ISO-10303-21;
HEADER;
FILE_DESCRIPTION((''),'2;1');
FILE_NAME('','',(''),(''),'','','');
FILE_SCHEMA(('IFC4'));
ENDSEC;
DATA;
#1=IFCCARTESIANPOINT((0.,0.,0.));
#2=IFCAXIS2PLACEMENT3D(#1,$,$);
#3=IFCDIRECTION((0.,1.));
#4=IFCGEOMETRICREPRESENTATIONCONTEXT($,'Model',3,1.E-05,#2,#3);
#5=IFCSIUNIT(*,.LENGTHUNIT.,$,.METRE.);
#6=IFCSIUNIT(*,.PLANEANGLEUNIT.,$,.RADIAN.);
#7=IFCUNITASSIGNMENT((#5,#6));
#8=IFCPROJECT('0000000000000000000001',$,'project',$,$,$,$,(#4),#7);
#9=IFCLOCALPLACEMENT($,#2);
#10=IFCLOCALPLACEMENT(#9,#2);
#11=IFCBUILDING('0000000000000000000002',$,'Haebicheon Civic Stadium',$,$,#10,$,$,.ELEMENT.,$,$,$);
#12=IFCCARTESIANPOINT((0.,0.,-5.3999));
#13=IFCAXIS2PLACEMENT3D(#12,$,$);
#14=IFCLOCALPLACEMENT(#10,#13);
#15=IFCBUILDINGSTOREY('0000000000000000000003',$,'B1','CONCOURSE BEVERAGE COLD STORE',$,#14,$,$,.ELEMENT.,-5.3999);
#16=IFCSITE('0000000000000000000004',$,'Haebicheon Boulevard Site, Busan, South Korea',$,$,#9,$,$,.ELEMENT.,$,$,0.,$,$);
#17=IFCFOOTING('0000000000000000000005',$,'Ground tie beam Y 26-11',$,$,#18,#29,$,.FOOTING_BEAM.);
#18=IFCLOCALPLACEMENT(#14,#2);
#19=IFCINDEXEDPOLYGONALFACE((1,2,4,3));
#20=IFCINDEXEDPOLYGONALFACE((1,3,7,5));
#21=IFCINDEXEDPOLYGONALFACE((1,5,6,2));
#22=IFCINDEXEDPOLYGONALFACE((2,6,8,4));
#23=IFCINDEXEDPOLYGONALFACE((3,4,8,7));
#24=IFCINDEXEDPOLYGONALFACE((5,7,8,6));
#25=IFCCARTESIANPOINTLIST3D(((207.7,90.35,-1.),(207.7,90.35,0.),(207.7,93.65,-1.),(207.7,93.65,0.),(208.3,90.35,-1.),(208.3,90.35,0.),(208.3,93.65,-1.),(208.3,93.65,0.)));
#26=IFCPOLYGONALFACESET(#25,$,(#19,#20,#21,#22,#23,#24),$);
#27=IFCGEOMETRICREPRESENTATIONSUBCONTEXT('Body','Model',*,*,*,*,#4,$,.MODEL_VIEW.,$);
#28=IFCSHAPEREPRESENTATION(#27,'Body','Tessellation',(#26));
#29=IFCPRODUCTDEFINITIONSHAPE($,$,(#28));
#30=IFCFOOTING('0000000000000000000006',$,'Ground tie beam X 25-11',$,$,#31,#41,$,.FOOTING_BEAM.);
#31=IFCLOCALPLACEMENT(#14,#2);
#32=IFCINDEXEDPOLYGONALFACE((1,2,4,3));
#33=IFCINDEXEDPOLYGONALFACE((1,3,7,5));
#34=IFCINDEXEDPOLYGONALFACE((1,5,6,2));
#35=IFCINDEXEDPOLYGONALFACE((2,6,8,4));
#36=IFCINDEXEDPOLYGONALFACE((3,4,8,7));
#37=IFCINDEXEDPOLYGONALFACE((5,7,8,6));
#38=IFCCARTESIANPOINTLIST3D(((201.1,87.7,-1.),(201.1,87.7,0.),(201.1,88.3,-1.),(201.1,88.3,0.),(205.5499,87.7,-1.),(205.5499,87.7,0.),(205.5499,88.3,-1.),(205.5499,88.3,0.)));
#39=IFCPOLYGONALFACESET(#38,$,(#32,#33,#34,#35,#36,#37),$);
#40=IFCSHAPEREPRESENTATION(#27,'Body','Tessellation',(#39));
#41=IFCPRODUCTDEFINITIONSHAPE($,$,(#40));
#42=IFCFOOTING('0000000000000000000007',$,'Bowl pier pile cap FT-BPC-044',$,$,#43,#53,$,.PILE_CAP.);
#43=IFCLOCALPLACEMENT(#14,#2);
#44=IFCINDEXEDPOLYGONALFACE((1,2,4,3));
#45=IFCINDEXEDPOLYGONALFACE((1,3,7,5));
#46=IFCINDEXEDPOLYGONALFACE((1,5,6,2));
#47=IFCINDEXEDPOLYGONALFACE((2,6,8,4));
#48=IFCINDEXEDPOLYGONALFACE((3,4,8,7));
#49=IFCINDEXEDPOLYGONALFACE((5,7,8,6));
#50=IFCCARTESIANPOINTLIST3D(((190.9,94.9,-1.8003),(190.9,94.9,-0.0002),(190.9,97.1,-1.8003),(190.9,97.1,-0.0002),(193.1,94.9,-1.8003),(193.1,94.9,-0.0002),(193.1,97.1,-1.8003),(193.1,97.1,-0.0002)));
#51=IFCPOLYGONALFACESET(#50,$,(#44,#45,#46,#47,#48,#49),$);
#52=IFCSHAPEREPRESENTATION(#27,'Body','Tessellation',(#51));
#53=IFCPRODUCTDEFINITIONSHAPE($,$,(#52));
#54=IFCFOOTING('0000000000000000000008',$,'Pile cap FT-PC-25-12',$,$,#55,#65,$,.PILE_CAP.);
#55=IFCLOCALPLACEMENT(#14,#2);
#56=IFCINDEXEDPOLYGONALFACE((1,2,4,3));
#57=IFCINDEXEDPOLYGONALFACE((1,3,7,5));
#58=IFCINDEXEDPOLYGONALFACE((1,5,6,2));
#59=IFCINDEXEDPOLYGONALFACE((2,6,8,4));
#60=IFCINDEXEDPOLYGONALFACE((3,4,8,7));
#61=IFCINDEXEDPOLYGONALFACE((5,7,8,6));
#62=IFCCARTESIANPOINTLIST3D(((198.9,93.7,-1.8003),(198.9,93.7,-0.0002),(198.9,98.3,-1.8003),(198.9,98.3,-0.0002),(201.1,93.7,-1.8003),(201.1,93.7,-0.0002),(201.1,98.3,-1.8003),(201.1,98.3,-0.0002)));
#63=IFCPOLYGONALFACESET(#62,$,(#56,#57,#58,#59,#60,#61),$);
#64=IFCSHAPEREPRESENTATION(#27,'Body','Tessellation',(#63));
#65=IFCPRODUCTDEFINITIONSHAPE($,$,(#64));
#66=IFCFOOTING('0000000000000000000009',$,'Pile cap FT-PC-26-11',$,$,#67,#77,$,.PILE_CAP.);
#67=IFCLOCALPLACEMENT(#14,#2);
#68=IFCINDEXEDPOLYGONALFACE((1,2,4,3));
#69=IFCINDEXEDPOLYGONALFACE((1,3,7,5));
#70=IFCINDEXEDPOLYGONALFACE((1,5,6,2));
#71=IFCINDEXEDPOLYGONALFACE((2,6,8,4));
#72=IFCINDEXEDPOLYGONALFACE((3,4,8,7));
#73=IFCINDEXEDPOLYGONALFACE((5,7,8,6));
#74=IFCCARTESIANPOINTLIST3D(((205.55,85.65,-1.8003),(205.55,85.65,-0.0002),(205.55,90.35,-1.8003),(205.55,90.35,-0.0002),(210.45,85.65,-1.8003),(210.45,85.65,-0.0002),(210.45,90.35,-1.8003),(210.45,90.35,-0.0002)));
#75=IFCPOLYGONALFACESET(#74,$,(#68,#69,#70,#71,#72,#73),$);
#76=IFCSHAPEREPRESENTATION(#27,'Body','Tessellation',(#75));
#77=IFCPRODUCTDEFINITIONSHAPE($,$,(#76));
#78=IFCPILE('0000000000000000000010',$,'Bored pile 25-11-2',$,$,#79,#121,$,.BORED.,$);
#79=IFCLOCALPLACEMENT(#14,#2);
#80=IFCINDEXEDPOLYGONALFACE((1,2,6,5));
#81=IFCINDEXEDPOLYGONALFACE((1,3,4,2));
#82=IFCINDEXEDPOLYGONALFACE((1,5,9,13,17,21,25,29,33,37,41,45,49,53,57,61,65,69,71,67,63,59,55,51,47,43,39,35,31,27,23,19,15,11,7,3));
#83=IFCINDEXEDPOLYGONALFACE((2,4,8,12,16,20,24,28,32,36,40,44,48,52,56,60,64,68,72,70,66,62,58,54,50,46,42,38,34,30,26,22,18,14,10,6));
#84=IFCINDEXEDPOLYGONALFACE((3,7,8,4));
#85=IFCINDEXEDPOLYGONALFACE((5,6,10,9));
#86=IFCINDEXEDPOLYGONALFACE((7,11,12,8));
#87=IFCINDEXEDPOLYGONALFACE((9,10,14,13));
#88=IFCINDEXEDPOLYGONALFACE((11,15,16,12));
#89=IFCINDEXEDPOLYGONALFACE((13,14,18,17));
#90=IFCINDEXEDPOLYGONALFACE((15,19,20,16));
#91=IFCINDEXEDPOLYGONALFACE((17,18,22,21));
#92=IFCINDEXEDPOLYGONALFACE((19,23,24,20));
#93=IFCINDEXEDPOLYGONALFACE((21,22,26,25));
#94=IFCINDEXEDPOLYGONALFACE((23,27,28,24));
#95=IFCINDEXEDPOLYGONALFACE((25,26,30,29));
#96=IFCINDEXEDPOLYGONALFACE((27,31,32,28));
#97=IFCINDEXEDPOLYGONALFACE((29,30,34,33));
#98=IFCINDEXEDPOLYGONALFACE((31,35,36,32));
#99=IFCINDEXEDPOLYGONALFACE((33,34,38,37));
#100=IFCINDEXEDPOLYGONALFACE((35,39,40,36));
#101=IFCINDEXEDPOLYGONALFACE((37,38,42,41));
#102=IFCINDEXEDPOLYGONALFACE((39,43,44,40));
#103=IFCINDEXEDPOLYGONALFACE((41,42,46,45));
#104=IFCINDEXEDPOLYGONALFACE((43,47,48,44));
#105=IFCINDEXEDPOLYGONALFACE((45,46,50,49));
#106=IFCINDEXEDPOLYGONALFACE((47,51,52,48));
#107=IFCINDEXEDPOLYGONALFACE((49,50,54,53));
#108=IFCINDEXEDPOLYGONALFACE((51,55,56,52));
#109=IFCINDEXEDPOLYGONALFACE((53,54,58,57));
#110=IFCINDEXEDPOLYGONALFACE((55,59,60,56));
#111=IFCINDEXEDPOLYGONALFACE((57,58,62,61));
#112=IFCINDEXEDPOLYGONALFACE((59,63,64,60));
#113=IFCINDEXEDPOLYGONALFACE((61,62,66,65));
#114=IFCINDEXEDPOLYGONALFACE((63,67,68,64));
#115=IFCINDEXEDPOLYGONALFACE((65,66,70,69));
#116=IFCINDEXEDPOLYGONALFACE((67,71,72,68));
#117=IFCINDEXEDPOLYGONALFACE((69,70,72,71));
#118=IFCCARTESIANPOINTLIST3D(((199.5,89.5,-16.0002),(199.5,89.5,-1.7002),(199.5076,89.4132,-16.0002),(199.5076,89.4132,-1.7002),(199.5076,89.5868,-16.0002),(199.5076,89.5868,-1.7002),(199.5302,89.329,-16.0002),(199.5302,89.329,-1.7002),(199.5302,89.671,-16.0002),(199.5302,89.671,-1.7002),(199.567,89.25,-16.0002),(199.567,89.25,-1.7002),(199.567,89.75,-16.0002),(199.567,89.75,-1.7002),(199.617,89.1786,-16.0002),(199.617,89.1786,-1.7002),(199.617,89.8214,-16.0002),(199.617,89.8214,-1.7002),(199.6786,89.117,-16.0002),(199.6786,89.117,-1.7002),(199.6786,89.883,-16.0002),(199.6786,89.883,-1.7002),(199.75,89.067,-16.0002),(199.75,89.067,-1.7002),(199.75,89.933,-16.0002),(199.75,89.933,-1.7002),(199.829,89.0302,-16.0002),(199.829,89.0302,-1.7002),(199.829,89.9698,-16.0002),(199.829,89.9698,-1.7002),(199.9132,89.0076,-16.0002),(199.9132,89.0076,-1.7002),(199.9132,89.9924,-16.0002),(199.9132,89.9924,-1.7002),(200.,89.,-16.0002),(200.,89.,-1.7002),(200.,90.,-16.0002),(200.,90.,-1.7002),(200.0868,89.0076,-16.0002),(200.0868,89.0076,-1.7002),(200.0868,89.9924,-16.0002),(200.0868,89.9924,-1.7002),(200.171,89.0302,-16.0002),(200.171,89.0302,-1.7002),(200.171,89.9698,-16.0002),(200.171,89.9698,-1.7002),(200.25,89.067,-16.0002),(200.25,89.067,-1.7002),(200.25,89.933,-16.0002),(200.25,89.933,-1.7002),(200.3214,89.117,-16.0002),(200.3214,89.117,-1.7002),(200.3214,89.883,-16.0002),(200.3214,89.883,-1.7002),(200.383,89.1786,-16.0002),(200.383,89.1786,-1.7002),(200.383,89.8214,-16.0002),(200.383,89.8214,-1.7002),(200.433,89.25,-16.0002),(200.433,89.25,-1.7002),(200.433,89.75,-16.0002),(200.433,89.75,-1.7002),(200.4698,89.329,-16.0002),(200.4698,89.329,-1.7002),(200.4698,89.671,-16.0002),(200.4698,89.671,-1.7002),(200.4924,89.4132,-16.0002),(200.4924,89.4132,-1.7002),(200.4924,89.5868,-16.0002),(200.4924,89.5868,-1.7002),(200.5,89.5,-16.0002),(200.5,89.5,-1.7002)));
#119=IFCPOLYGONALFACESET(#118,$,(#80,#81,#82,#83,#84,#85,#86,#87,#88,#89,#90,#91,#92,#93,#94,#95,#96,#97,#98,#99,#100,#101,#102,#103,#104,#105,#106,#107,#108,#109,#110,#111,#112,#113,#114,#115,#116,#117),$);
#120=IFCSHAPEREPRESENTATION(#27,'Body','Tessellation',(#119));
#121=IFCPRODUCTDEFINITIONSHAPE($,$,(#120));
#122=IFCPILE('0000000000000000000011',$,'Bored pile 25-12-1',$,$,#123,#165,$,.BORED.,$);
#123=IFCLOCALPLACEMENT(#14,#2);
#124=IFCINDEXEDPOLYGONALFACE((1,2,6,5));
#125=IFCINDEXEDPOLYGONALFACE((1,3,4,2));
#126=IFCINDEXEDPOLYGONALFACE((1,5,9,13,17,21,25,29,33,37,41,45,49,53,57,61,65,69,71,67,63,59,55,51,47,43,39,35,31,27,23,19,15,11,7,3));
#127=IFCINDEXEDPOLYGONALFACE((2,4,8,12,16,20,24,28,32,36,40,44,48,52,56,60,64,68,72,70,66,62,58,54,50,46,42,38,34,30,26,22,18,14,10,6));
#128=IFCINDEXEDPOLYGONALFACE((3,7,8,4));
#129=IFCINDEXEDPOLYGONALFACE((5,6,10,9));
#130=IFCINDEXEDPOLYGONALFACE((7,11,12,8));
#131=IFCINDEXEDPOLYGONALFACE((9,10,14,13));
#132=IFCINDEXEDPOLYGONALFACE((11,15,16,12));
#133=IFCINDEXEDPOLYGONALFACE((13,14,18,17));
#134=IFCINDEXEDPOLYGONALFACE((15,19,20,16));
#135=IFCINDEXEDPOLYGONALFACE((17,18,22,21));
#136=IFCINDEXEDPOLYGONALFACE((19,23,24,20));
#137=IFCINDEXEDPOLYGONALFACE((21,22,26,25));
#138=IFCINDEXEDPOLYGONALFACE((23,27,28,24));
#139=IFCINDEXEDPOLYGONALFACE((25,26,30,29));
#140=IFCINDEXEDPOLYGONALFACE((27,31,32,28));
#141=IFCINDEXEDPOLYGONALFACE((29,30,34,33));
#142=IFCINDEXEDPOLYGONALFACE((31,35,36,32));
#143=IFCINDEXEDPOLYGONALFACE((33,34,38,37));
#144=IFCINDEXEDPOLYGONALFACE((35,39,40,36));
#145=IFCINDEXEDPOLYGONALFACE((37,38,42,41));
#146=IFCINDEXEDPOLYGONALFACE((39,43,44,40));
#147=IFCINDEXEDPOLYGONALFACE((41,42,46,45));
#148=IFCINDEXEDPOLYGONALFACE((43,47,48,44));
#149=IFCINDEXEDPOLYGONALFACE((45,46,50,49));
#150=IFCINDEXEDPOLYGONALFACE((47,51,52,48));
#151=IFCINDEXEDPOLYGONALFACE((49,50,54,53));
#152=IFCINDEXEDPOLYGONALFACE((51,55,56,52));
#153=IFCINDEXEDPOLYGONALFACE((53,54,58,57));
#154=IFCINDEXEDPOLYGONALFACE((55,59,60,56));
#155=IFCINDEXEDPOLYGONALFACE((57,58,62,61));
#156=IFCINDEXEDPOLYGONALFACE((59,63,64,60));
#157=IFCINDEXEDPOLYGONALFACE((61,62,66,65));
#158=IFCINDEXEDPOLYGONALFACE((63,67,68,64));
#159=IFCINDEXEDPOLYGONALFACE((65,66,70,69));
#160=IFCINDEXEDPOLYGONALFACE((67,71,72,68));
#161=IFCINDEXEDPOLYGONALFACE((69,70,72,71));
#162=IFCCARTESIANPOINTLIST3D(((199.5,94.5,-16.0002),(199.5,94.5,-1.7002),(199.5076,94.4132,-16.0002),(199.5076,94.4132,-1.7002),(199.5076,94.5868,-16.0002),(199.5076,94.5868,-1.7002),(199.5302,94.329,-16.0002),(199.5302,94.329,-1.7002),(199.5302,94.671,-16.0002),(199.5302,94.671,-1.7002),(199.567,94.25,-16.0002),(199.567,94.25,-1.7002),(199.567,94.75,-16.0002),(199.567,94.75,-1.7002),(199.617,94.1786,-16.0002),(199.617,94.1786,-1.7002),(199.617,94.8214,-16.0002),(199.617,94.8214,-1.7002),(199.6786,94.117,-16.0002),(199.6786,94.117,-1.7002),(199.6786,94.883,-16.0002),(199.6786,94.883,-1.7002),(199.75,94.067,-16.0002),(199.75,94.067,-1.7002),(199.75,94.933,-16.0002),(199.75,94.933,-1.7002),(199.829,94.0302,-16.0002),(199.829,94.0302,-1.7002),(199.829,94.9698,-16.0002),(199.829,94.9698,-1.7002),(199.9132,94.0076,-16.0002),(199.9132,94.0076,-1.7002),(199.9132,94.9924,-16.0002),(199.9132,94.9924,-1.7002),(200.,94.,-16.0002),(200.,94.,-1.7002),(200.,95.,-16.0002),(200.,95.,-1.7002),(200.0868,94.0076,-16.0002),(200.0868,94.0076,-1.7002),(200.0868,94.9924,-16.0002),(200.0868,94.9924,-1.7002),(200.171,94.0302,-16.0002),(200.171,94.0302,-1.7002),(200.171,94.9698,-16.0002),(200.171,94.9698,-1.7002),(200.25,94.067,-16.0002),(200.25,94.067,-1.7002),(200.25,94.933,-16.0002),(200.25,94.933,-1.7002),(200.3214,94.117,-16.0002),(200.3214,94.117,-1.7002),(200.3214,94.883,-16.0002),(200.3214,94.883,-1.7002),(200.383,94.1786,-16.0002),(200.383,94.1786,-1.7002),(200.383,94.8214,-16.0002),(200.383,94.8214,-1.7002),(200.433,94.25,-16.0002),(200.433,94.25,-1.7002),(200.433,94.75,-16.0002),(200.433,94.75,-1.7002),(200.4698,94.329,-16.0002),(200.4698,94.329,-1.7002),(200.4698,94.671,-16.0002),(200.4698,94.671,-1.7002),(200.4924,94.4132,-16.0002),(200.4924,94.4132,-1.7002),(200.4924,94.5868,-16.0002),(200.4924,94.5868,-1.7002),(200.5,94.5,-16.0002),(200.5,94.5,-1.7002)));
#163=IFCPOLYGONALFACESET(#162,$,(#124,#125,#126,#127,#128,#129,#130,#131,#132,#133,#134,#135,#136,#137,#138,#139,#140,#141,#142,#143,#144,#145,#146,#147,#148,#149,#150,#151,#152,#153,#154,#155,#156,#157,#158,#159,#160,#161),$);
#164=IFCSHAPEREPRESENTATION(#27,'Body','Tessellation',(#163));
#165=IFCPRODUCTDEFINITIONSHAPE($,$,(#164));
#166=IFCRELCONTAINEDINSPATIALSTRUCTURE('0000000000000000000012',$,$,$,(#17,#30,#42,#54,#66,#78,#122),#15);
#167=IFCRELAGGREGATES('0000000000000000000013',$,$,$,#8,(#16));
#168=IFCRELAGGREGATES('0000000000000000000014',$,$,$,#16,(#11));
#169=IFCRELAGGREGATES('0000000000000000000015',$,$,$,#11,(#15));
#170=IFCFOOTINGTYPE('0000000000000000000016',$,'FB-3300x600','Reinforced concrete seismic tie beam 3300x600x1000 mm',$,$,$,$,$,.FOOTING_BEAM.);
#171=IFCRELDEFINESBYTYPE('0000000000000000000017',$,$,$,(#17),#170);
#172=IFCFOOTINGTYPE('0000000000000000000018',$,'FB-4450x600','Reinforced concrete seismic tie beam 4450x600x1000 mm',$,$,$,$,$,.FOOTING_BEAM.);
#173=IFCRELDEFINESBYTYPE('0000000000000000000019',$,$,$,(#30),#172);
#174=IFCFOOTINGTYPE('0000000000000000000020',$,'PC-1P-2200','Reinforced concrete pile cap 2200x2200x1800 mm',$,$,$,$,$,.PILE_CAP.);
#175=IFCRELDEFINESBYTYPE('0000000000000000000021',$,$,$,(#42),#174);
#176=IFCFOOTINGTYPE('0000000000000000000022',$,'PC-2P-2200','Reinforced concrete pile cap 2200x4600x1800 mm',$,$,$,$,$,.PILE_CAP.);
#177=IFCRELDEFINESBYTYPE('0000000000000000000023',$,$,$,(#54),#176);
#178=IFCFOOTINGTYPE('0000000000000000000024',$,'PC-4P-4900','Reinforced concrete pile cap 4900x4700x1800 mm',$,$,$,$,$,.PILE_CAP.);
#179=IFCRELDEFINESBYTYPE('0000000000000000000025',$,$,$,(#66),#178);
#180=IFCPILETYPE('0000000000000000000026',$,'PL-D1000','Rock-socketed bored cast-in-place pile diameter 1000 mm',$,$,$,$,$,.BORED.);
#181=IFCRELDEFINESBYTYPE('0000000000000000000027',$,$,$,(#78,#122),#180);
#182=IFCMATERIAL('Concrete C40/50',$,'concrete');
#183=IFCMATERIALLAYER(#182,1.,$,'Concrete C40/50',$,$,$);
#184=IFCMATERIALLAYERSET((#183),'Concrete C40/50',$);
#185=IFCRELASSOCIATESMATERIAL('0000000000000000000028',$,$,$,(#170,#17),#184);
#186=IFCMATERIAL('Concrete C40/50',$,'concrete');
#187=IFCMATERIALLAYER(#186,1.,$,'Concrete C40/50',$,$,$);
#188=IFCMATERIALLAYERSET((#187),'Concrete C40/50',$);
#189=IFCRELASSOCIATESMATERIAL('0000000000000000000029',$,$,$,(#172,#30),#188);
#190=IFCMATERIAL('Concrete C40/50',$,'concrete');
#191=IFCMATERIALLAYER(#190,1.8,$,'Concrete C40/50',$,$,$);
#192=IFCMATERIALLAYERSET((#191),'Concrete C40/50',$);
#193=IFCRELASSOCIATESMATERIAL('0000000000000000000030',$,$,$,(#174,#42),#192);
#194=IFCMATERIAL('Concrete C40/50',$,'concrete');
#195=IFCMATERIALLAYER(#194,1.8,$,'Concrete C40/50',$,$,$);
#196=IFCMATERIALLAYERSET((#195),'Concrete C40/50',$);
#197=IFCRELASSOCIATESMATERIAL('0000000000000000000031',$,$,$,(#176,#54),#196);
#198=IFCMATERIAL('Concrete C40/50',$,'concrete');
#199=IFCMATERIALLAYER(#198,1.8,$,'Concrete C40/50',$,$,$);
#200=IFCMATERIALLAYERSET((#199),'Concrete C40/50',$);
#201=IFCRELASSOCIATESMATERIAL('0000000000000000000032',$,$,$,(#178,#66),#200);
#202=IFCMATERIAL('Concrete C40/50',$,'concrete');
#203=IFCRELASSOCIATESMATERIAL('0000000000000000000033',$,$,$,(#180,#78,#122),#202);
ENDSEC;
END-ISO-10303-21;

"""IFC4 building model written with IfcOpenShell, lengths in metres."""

from ifc_helpers import new_model, si_unit, direction, frame, origin, origin_2d, place, context, subcontext, project, spatial, rectangle, circle, extrude, material, layer, layer_set, material_profile, profile_set, type_object, element, save


model = new_model("IFC4")

# Units and contexts
model_context = context("Model", 3, precision=1e-05, world=origin(), true_north=direction((0.0, 1.0)))
body_context = subcontext(model_context, "Body", "Model", "MODEL_VIEW")
ifc_project = project(units=[si_unit("LENGTHUNIT", "METRE"), si_unit("PLANEANGLEUNIT", "RADIAN")], contexts=[model_context])

# Site, building, storey
site_placement = place(None, origin())
site = spatial("IfcSite", under=ifc_project, at=site_placement, Name="Haebicheon Boulevard Site, Busan, South Korea", CompositionType="ELEMENT", RefElevation=0.0)
building_placement = place(site_placement, origin())
building = spatial("IfcBuilding", under=site, at=building_placement, Name="Haebicheon Civic Stadium", CompositionType="ELEMENT")
storey_placement = place(building_placement, frame((0.0, 0.0, -5.3999)))
storey = spatial("IfcBuildingStorey", under=building, at=storey_placement, Name="B1", Description="CONCOURSE BEVERAGE COLD STORE", CompositionType="ELEMENT", Elevation=-5.3999)

# Footings
ifc_material_1 = material(Name="Concrete C40/50", Category="concrete")
ifc_layer_1 = layer(ifc_material_1, 1.0, Name="Concrete C40/50")
ifc_layer_set_1 = layer_set([ifc_layer_1], Name="Concrete C40/50")
footing_type_1 = type_object("IfcFootingType", Name="FB-3300x600", Description="Reinforced concrete seismic tie beam 3300x600x1000 mm", PredefinedType="FOOTING_BEAM", material=ifc_layer_set_1)
footing_1_placement = place(storey_placement, frame((208.0, 92.0, -1.0), z_axis=(0.0, 0.0, 1.0), x_axis=(0.0, 1.0, 0.0)))
element("IfcFooting", 1, at=footing_1_placement, inside=storey, type_object=footing_type_1, material=ifc_layer_set_1, Name="Ground tie beam Y 26-11", PredefinedType="FOOTING_BEAM", context=body_context, shape_type="SweptSolid", body=[
    extrude(rectangle(XDim=3.3, YDim=0.6001, at=origin_2d()), origin(), (0.0, 0.0, 1.0), 1.0),
])
ifc_material_2 = material(Name="Concrete C40/50", Category="concrete")
ifc_layer_2 = layer(ifc_material_2, 1.0, Name="Concrete C40/50")
ifc_layer_set_2 = layer_set([ifc_layer_2], Name="Concrete C40/50")
footing_type_2 = type_object("IfcFootingType", Name="FB-4450x600", Description="Reinforced concrete seismic tie beam 4450x600x1000 mm", PredefinedType="FOOTING_BEAM", material=ifc_layer_set_2)
footing_2_placement = place(storey_placement, frame((203.325, 88.0, -1.0), z_axis=(0.0, 0.0, 1.0), x_axis=(1.0, 0.0, 0.0)))
element("IfcFooting", 2, at=footing_2_placement, inside=storey, type_object=footing_type_2, material=ifc_layer_set_2, Name="Ground tie beam X 25-11", PredefinedType="FOOTING_BEAM", context=body_context, shape_type="SweptSolid", body=[
    extrude(rectangle(XDim=4.45, YDim=0.6001, at=origin_2d()), origin(), (0.0, 0.0, 1.0), 1.0),
])
ifc_material_3 = material(Name="Concrete C40/50", Category="concrete")
ifc_layer_3 = layer(ifc_material_3, 1.8, Name="Concrete C40/50")
ifc_layer_set_3 = layer_set([ifc_layer_3], Name="Concrete C40/50")
footing_type_3 = type_object("IfcFootingType", Name="PC-1P-2200", Description="Reinforced concrete pile cap 2200x2200x1800 mm", PredefinedType="PILE_CAP", material=ifc_layer_set_3)
footing_3_placement = place(storey_placement, frame((192.0, 96.0, -1.8003), z_axis=(0.0, 0.0, 1.0), x_axis=(1.0, 0.0, 0.0)))
element("IfcFooting", 3, at=footing_3_placement, inside=storey, type_object=footing_type_3, material=ifc_layer_set_3, Name="Bowl pier pile cap FT-BPC-044", PredefinedType="PILE_CAP", context=body_context, shape_type="SweptSolid", body=[
    extrude(rectangle(XDim=2.2, YDim=2.2, at=origin_2d()), origin(), (0.0, 0.0, 1.0), 1.8),
])
ifc_material_4 = material(Name="Concrete C40/50", Category="concrete")
ifc_layer_4 = layer(ifc_material_4, 1.8, Name="Concrete C40/50")
ifc_layer_set_4 = layer_set([ifc_layer_4], Name="Concrete C40/50")
footing_type_4 = type_object("IfcFootingType", Name="PC-2P-2200", Description="Reinforced concrete pile cap 2200x4600x1800 mm", PredefinedType="PILE_CAP", material=ifc_layer_set_4)
footing_4_placement = place(storey_placement, frame((200.0, 96.0, -1.8003), z_axis=(0.0, 0.0, 1.0), x_axis=(1.0, 0.0, 0.0)))
element("IfcFooting", 4, at=footing_4_placement, inside=storey, type_object=footing_type_4, material=ifc_layer_set_4, Name="Pile cap FT-PC-25-12", PredefinedType="PILE_CAP", context=body_context, shape_type="SweptSolid", body=[
    extrude(rectangle(XDim=2.2, YDim=4.6001, at=origin_2d()), origin(), (0.0, 0.0, 1.0), 1.8),
])
ifc_material_5 = material(Name="Concrete C40/50", Category="concrete")
ifc_layer_5 = layer(ifc_material_5, 1.8, Name="Concrete C40/50")
ifc_layer_set_5 = layer_set([ifc_layer_5], Name="Concrete C40/50")
footing_type_5 = type_object("IfcFootingType", Name="PC-4P-4900", Description="Reinforced concrete pile cap 4900x4700x1800 mm", PredefinedType="PILE_CAP", material=ifc_layer_set_5)
footing_5_placement = place(storey_placement, frame((208.0, 88.0, -1.8003), z_axis=(0.0, 0.0, 1.0), x_axis=(1.0, 0.0, 0.0)))
element("IfcFooting", 5, at=footing_5_placement, inside=storey, type_object=footing_type_5, material=ifc_layer_set_5, Name="Pile cap FT-PC-26-11", PredefinedType="PILE_CAP", context=body_context, shape_type="SweptSolid", body=[
    extrude(rectangle(XDim=4.8999, YDim=4.7, at=origin_2d()), origin(), (0.0, 0.0, 1.0), 1.8),
])

# Piles
ifc_material_6 = material(Name="Concrete C40/50", Category="concrete")
ifc_material_profile_1 = material_profile(ifc_material_6, circle(Radius=0.5, at=origin_2d()), Name="PILE-D1000")
ifc_profile_set_1 = profile_set([ifc_material_profile_1], Name="Concrete C40/50")
pile_type = type_object("IfcPileType", Name="PL-D1000", Description="Rock-socketed bored cast-in-place pile diameter 1000 mm", PredefinedType="BORED", material=ifc_profile_set_1)
for number, where, z_axis, x_axis, name in (
    (6, (200.0, 89.5, -1.7002), (0.0, 0.0, -1.0), (1.0, 0.0, 0.0), "Bored pile 25-11-2"),
    (7, (200.0, 94.5, -1.7002), (0.0, 0.0, -1.0), (1.0, 0.0, 0.0), "Bored pile 25-12-1"),
):
    element("IfcPile", number, at=place(storey_placement, frame(where, z_axis=z_axis, x_axis=x_axis)), inside=storey, type_object=pile_type, material=ifc_profile_set_1, Name=name, PredefinedType="BORED", context=body_context, shape_type="SweptSolid", body=[
        extrude(circle(Radius=0.5, at=origin_2d()), origin(), (0.0, 0.0, 1.0), 14.3),
    ])

save(model, "model.ifc")
